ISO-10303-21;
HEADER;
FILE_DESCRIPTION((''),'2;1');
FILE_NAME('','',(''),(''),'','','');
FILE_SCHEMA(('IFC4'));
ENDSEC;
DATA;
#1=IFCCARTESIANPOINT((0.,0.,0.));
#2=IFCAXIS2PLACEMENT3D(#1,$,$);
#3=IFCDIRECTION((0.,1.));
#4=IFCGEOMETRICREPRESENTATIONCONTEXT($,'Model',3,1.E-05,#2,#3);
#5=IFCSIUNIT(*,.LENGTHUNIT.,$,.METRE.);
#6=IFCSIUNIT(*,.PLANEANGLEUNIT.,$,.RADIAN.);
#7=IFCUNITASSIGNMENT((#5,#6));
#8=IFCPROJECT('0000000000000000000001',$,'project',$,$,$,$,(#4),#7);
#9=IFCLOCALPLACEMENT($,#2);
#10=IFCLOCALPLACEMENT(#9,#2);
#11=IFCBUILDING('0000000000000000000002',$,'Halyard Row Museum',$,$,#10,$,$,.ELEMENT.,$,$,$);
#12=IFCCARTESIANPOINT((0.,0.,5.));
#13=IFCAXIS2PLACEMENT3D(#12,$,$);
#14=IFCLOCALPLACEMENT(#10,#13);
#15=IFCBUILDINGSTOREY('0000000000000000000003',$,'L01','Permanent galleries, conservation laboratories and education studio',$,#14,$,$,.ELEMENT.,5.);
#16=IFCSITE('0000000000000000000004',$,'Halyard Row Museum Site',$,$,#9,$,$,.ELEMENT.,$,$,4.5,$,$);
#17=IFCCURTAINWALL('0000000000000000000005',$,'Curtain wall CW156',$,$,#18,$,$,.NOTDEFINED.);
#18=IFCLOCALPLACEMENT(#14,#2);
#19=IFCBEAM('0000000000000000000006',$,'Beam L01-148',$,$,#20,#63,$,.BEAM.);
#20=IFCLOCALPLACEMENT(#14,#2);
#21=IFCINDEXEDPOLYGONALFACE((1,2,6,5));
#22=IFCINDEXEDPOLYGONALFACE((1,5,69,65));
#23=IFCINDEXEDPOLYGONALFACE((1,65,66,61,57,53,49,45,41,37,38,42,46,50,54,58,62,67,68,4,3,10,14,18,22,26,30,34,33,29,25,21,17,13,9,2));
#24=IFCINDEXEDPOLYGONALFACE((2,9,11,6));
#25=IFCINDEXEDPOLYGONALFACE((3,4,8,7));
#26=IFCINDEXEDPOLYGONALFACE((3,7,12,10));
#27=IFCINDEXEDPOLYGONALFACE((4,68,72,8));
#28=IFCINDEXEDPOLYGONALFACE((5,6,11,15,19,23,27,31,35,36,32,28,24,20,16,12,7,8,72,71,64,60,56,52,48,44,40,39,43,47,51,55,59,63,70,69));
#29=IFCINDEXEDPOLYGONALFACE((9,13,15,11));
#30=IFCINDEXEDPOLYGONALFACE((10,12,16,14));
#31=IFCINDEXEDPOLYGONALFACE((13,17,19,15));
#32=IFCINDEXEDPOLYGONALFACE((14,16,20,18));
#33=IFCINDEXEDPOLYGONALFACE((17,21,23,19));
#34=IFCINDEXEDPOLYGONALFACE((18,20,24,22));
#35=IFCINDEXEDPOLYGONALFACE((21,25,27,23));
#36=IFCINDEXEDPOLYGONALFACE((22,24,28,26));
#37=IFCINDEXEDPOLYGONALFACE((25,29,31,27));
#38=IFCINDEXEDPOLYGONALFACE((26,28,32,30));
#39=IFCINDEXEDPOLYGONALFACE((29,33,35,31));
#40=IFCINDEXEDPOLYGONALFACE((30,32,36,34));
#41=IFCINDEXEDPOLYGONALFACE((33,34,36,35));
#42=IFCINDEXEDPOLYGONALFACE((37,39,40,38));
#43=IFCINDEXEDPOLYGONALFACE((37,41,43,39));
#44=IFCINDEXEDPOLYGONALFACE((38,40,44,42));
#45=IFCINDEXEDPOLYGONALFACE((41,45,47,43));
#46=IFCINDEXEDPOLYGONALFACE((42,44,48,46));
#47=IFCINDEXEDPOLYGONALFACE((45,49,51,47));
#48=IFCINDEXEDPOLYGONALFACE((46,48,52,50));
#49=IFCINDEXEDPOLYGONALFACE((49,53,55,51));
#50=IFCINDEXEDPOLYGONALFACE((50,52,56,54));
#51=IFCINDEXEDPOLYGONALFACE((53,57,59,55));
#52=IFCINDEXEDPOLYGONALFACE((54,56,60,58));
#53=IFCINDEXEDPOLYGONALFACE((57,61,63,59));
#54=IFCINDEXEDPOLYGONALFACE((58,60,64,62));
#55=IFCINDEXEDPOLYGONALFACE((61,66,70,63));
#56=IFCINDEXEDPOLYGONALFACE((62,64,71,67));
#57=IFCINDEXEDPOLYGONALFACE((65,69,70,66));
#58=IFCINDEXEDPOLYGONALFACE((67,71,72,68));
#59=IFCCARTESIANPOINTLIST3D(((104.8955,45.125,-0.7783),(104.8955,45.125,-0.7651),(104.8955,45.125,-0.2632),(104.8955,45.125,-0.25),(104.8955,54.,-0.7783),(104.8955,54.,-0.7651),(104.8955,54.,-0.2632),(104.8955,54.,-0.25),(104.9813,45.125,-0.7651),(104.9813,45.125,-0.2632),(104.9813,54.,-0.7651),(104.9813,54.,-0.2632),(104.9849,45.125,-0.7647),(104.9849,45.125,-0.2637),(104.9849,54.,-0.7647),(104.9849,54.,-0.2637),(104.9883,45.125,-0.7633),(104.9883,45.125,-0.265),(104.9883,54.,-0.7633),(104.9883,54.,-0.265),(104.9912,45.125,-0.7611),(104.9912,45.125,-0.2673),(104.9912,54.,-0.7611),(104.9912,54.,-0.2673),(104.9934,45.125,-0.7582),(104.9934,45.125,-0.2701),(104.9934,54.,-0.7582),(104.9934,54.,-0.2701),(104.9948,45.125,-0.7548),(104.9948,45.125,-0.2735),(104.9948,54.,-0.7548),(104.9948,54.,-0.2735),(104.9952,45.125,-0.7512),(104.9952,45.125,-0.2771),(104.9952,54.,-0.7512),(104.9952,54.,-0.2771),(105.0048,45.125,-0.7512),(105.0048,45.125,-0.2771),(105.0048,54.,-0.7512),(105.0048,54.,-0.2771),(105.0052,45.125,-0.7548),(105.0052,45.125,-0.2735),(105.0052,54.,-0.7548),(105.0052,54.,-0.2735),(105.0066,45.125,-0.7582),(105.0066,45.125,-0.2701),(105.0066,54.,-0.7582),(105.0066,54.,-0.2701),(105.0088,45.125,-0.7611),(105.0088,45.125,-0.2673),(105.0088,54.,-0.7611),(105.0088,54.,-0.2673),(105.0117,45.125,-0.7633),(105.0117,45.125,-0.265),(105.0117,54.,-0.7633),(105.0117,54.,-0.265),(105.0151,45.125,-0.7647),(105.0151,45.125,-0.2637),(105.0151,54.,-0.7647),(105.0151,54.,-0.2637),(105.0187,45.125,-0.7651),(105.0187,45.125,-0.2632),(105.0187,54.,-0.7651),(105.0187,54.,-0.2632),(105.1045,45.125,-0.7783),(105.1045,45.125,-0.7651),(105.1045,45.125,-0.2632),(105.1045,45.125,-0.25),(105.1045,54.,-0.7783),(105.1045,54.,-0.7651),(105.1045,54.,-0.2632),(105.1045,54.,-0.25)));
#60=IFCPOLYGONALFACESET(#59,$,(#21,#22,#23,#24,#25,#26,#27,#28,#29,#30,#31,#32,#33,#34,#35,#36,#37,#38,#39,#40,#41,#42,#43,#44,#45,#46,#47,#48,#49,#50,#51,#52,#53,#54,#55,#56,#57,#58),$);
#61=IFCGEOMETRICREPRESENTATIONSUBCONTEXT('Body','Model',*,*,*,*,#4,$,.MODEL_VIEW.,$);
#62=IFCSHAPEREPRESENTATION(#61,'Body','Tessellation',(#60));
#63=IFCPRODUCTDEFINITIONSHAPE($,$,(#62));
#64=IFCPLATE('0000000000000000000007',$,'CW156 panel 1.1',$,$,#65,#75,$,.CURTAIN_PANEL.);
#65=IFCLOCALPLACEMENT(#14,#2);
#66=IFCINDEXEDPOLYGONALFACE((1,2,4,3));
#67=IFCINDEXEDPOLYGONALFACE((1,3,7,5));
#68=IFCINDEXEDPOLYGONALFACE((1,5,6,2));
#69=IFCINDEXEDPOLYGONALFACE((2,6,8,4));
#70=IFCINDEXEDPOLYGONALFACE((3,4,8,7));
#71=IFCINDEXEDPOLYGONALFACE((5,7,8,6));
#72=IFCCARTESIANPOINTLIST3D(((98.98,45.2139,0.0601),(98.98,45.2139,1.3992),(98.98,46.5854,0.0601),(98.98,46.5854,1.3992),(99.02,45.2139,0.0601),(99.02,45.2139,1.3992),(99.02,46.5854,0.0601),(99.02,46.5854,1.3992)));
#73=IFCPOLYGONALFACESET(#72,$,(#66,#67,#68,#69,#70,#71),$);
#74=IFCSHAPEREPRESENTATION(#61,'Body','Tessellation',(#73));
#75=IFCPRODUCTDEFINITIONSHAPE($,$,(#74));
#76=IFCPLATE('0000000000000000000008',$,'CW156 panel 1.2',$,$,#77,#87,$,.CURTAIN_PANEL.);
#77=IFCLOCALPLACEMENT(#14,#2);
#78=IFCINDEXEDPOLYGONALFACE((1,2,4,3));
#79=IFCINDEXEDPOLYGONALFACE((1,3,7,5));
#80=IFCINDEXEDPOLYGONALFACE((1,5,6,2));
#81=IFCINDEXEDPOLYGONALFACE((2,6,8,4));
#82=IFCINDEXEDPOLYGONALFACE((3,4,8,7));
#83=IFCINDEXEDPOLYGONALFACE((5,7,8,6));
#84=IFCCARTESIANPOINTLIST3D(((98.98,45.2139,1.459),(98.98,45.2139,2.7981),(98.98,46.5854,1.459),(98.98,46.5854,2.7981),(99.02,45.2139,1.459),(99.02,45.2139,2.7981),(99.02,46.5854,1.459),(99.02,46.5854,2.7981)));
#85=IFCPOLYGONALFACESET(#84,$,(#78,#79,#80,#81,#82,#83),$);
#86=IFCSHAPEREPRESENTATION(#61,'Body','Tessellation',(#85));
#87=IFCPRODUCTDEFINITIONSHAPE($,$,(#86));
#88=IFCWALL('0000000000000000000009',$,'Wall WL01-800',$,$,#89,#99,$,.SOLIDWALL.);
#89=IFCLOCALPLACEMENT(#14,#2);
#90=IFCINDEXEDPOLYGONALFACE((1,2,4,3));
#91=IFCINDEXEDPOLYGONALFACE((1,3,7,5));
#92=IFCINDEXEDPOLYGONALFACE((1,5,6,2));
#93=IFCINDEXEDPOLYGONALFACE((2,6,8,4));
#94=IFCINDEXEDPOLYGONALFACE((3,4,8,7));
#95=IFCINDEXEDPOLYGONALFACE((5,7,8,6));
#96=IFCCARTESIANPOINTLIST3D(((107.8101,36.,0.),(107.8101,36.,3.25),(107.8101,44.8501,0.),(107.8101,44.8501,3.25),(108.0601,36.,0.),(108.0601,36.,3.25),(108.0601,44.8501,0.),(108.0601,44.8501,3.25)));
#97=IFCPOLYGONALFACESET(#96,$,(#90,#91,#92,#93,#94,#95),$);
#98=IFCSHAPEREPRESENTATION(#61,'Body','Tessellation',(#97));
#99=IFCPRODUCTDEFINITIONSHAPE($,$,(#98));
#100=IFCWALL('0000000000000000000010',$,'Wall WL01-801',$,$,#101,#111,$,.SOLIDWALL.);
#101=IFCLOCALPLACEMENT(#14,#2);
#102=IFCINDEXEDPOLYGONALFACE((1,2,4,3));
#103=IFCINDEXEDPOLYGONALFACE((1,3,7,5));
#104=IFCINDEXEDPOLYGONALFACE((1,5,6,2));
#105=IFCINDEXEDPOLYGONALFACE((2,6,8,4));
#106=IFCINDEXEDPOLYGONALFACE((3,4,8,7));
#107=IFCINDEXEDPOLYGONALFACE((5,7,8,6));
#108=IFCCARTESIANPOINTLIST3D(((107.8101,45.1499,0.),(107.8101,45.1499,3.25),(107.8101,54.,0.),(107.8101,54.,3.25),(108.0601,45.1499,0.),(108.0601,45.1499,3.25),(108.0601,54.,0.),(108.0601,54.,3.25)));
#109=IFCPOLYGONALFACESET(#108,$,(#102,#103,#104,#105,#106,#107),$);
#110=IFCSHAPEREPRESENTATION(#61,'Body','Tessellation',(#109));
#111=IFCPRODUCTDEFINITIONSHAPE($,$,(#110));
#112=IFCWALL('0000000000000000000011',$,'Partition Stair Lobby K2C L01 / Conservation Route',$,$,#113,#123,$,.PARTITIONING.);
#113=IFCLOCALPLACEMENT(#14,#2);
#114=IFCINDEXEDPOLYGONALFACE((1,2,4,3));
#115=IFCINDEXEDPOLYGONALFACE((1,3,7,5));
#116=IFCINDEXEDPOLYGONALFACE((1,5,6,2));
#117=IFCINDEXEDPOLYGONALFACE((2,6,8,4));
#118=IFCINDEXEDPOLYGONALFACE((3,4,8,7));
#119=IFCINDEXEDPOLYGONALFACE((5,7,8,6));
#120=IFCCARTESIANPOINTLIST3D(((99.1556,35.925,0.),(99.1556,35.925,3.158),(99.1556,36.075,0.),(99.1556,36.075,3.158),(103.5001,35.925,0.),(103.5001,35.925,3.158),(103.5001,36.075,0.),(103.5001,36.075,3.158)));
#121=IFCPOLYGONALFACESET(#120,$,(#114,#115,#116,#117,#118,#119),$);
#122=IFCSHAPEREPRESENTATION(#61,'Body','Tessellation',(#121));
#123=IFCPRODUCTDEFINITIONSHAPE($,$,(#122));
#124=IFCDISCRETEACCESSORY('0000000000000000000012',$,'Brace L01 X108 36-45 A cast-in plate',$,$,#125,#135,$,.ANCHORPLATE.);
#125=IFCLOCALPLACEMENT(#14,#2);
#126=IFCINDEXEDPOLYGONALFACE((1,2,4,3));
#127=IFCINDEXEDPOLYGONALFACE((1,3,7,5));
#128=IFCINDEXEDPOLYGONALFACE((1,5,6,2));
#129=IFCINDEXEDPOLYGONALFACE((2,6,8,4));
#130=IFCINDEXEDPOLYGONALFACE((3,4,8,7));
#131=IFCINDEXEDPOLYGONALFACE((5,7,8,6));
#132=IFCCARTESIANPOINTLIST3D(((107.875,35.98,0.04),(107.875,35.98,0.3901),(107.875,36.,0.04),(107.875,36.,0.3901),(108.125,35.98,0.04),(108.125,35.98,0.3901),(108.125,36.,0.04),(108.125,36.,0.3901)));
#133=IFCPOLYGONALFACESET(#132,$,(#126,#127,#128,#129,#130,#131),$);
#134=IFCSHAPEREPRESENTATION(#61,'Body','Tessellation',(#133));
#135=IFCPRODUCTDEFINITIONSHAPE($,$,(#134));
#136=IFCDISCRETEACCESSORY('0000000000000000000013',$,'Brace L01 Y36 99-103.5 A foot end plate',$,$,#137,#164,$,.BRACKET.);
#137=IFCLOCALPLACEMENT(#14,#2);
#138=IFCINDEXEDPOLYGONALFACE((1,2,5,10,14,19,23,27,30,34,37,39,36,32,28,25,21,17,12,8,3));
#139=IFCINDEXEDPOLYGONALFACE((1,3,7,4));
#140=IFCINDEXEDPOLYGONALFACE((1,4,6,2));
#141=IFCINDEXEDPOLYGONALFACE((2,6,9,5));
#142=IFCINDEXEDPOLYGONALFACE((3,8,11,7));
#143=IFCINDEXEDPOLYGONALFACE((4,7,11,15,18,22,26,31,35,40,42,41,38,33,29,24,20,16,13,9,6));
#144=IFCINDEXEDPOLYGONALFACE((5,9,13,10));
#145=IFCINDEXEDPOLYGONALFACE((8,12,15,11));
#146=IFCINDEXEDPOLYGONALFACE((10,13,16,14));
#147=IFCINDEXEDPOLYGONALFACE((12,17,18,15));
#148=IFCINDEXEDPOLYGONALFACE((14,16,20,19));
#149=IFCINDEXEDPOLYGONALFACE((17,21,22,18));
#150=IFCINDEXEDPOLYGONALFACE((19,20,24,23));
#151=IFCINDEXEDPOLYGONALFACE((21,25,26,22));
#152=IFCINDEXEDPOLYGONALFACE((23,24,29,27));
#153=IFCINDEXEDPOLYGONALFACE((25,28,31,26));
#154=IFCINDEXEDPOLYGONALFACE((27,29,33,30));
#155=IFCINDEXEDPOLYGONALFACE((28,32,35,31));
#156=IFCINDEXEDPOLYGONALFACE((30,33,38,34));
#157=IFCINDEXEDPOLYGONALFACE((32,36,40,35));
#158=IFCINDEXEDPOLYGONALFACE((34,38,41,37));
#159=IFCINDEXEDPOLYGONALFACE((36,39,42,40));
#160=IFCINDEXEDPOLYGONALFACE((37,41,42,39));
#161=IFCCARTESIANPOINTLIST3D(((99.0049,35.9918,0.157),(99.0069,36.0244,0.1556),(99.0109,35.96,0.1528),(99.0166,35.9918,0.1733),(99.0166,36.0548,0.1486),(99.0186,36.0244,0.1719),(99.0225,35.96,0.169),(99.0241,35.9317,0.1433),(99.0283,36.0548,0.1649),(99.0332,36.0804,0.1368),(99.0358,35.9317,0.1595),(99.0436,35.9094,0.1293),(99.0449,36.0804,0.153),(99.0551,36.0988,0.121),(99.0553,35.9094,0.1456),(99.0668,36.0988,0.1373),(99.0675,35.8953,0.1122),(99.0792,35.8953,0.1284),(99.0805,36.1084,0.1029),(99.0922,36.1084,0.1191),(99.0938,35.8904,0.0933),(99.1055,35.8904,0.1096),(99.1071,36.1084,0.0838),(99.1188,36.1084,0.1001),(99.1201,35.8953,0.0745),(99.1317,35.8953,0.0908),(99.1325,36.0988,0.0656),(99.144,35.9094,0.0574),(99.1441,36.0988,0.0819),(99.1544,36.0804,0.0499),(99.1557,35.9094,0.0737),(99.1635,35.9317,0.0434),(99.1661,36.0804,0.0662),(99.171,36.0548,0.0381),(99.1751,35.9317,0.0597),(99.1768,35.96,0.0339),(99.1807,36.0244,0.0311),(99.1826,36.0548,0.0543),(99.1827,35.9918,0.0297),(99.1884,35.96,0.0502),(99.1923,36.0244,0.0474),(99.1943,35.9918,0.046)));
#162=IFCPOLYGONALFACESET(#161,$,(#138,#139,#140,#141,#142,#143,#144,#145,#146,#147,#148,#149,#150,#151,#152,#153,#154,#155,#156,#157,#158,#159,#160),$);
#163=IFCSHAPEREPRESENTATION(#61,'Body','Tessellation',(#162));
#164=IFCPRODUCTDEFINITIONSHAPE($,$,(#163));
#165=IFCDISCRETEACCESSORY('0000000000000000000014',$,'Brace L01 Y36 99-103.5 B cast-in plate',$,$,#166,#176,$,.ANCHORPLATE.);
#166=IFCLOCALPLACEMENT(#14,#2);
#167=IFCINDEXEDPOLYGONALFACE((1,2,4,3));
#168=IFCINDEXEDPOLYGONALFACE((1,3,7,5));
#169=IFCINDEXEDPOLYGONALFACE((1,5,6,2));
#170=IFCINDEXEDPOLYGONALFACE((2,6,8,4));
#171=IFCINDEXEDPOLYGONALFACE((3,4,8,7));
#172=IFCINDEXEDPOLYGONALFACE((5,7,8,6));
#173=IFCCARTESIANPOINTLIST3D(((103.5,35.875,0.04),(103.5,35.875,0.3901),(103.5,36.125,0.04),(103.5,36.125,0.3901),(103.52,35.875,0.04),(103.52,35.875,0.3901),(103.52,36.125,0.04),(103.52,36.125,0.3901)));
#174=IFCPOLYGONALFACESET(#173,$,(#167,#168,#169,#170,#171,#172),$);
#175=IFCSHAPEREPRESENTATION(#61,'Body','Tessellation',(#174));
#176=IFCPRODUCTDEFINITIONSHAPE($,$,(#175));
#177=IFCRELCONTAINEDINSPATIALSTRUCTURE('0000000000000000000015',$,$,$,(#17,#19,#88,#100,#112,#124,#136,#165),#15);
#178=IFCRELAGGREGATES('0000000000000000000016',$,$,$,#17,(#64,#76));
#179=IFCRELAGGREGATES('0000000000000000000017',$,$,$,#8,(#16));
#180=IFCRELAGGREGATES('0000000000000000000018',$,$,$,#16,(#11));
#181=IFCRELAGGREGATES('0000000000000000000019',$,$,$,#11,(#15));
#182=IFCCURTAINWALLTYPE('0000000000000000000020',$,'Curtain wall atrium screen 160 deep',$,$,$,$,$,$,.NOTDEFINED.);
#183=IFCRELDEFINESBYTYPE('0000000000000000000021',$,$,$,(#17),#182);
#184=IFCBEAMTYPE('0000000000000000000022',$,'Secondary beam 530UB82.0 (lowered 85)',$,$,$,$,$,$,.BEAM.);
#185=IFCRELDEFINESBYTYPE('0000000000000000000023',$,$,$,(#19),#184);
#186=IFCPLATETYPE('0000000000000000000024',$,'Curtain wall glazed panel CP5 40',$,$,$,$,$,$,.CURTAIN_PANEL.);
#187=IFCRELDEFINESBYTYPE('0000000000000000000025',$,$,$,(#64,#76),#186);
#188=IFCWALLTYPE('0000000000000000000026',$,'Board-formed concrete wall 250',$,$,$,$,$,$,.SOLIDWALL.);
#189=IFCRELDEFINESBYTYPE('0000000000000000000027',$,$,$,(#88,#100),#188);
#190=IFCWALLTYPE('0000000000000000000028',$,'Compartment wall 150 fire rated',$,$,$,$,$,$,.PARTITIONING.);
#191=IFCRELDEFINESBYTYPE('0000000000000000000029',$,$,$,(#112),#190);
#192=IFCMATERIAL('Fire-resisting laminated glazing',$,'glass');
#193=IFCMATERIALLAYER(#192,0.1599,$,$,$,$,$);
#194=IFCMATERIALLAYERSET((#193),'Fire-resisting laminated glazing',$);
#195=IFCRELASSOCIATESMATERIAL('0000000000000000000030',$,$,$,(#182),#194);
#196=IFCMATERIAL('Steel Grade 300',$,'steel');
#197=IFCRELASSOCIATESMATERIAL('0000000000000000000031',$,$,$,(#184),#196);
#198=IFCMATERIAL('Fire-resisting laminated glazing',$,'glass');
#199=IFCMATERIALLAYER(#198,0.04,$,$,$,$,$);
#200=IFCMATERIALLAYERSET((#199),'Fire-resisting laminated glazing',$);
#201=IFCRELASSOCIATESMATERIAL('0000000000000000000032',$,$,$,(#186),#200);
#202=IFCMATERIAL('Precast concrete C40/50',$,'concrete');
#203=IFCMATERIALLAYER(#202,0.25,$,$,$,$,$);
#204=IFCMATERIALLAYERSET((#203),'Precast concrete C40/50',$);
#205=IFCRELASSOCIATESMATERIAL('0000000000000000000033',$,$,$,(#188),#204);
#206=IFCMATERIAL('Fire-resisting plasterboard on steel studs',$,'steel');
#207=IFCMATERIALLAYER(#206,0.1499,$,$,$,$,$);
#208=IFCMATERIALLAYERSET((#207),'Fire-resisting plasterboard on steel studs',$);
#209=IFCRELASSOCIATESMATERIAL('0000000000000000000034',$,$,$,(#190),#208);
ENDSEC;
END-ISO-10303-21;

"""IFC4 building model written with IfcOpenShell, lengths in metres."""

from ifc_helpers import new_model, si_unit, direction, frame, frame_2d, origin, origin_2d, place, context, subcontext, project, spatial, rectangle, circle, i_section, extrude, material, layer, layer_set, material_profile, profile_set, type_object, element, aggregate, save


model = new_model("IFC4")

# Units and contexts
model_context = context("Model", 3, precision=1e-05, world=origin(), true_north=direction((0.0, 1.0)))
body_context = subcontext(model_context, "Body", "Model", "MODEL_VIEW")
ifc_project = project(units=[si_unit("LENGTHUNIT", "METRE"), si_unit("PLANEANGLEUNIT", "RADIAN")], contexts=[model_context])

# Site, building, storey
site_placement = place(None, origin())
site = spatial("IfcSite", under=ifc_project, at=site_placement, Name="Halyard Row Museum Site", CompositionType="ELEMENT", RefElevation=4.5)
building_placement = place(site_placement, origin())
building = spatial("IfcBuilding", under=site, at=building_placement, Name="Halyard Row Museum", CompositionType="ELEMENT")
storey_placement = place(building_placement, frame((0.0, 0.0, 5.0)))
storey = spatial("IfcBuildingStorey", under=building, at=storey_placement, Name="L01", Description="Permanent galleries, conservation laboratories and education studio", CompositionType="ELEMENT", Elevation=5.0)

# Curtain wall
ifc_material_1 = material(Name="Fire-resisting laminated glazing", Category="glass")
ifc_layer_1 = layer(ifc_material_1, 0.1599)
ifc_layer_set_1 = layer_set([ifc_layer_1], Name="Fire-resisting laminated glazing")
curtain_wall_type = type_object("IfcCurtainWallType", Name="Curtain wall atrium screen 160 deep", PredefinedType="NOTDEFINED", material=ifc_layer_set_1)
curtain_wall_placement = place(storey_placement, origin())
curtain_wall = element("IfcCurtainWall", 1, at=curtain_wall_placement, inside=storey, type_object=curtain_wall_type, Name="Curtain wall CW156", PredefinedType="NOTDEFINED")

# Beam
ifc_material_2 = material(Name="Steel Grade 300", Category="steel")
ifc_material_profile_1 = material_profile(ifc_material_2, i_section(OverallWidth=0.209, OverallDepth=0.5283, WebThickness=0.0095, FlangeThickness=0.0132, FilletRadius=0.0139, at=origin_2d()), Name="530UB82.0")
ifc_profile_set_1 = profile_set([ifc_material_profile_1], Name="Steel Grade 300")
beam_type_1 = type_object("IfcBeamType", Name="Secondary beam 530UB82.0 (lowered 85)", PredefinedType="BEAM", material=ifc_profile_set_1)
for number, where, z_axis, x_axis, name in (
    (2, (105.0, 45.125, -0.5142), (0.0, 1.0, 0.0), (-1.0, 0.0, 0.0), "Beam L01-148"),
):
    element("IfcBeam", number, at=place(storey_placement, frame(where, z_axis=z_axis, x_axis=x_axis)), inside=storey, type_object=beam_type_1, Name=name, PredefinedType="BEAM", context=body_context, shape_type="SweptSolid", body=[
        extrude(i_section(OverallWidth=0.209, OverallDepth=0.5283, WebThickness=0.0095, FlangeThickness=0.0132, FilletRadius=0.0139, at=origin_2d()), origin(), (0.0, 0.0, 1.0), 8.875),
    ])

# Plates
ifc_material_3 = material(Name="Fire-resisting laminated glazing", Category="glass")
ifc_layer_2 = layer(ifc_material_3, 0.04)
ifc_layer_set_2 = layer_set([ifc_layer_2], Name="Fire-resisting laminated glazing")
plate_type = type_object("IfcPlateType", Name="Curtain wall glazed panel CP5 40", PredefinedType="CURTAIN_PANEL", material=ifc_layer_set_2)
plate_1_placement = place(storey_placement, frame((99.0, 45.8997, 0.0601), z_axis=(0.0, 0.0, 1.0), x_axis=(0.0, 1.0, 0.0)))
plate_1 = element("IfcPlate", 3, at=plate_1_placement, type_object=plate_type, Name="CW156 panel 1.1", PredefinedType="CURTAIN_PANEL", context=body_context, shape_type="SweptSolid", body=[
    extrude(rectangle(XDim=1.3716, YDim=0.04, at=origin_2d()), origin(), (0.0, 0.0, 1.0), 1.3391),
])
plate_2_placement = place(storey_placement, frame((99.0, 45.8997, 1.459), z_axis=(0.0, 0.0, 1.0), x_axis=(0.0, 1.0, 0.0)))
plate_2 = element("IfcPlate", 4, at=plate_2_placement, type_object=plate_type, Name="CW156 panel 1.2", PredefinedType="CURTAIN_PANEL", context=body_context, shape_type="SweptSolid", body=[
    extrude(rectangle(XDim=1.3716, YDim=0.04, at=origin_2d()), origin(), (0.0, 0.0, 1.0), 1.3391),
])
aggregate(curtain_wall, [plate_1, plate_2])

# Walls
ifc_material_4 = material(Name="Precast concrete C40/50", Category="concrete")
ifc_layer_3 = layer(ifc_material_4, 0.25)
ifc_layer_set_3 = layer_set([ifc_layer_3], Name="Precast concrete C40/50")
wall_type_1 = type_object("IfcWallType", Name="Board-formed concrete wall 250", PredefinedType="SOLIDWALL", material=ifc_layer_set_3)
for number, where, z_axis, x_axis, name in (
    (5, (107.9351, 36.0, 0.0), (0.0, 0.0, 1.0), (0.0, 1.0, 0.0), "Wall WL01-800"),
    (6, (107.9351, 45.1499, 0.0), (0.0, 0.0, 1.0), (0.0, 1.0, 0.0), "Wall WL01-801"),
):
    element("IfcWall", number, at=place(storey_placement, frame(where, z_axis=z_axis, x_axis=x_axis)), inside=storey, type_object=wall_type_1, Name=name, PredefinedType="SOLIDWALL", context=body_context, shape_type="SweptSolid", body=[
        extrude(rectangle(XDim=8.8501, YDim=0.25, at=frame_2d((4.425, 0.0))), origin(), (0.0, 0.0, 1.0), 3.25),
    ])
ifc_material_5 = material(Name="Fire-resisting plasterboard on steel studs", Category="steel")
ifc_layer_4 = layer(ifc_material_5, 0.1499)
ifc_layer_set_4 = layer_set([ifc_layer_4], Name="Fire-resisting plasterboard on steel studs")
wall_type_2 = type_object("IfcWallType", Name="Compartment wall 150 fire rated", PredefinedType="PARTITIONING", material=ifc_layer_set_4)
wall_placement = place(storey_placement, frame((99.1555, 36.0, 0.0), z_axis=(0.0, 0.0, 1.0), x_axis=(1.0, 0.0, 0.0)))
element("IfcWall", 7, at=wall_placement, inside=storey, type_object=wall_type_2, Name="Partition Stair Lobby K2C L01 / Conservation Route", PredefinedType="PARTITIONING", context=body_context, shape_type="SweptSolid", body=[
    extrude(rectangle(XDim=4.3445, YDim=0.1499, at=frame_2d((2.1724, 0.0))), origin(), (0.0, 0.0, 1.0), 3.158),
])

# Discrete accessories
discrete_accessory_1_placement = place(storey_placement, frame((108.0, 36.0, 0.2151), z_axis=(0.0, -1.0, 0.0), x_axis=(1.0, 0.0, 0.0)))
element("IfcDiscreteAccessory", 8, at=discrete_accessory_1_placement, inside=storey, Name="Brace L01 X108 36-45 A cast-in plate", PredefinedType="ANCHORPLATE", context=body_context, shape_type="SweptSolid", body=[
    extrude(rectangle(XDim=0.25, YDim=0.3501, at=origin_2d()), origin(), (0.0, 0.0, 1.0), 0.02),
])
discrete_accessory_2_placement = place(storey_placement, frame((99.1055, 36.0, 0.1096), z_axis=(-0.582385, 0.0, -0.812913), x_axis=(0.0, -1.0, 0.0)))
element("IfcDiscreteAccessory", 9, at=discrete_accessory_2_placement, inside=storey, Name="Brace L01 Y36 99-103.5 A foot end plate", PredefinedType="BRACKET", context=body_context, shape_type="SweptSolid", body=[
    extrude(circle(Radius=0.1096, at=origin_2d()), origin(), (0.0, 0.0, 1.0), 0.02),
])
discrete_accessory_3_placement = place(storey_placement, frame((103.5, 36.0, 0.2151), z_axis=(1.0, 0.0, 0.0), x_axis=(0.0, 1.0, 0.0)))
element("IfcDiscreteAccessory", 10, at=discrete_accessory_3_placement, inside=storey, Name="Brace L01 Y36 99-103.5 B cast-in plate", PredefinedType="ANCHORPLATE", context=body_context, shape_type="SweptSolid", body=[
    extrude(rectangle(XDim=0.25, YDim=0.3501, at=origin_2d()), origin(), (0.0, 0.0, 1.0), 0.02),
])

save(model, "model.ifc")
